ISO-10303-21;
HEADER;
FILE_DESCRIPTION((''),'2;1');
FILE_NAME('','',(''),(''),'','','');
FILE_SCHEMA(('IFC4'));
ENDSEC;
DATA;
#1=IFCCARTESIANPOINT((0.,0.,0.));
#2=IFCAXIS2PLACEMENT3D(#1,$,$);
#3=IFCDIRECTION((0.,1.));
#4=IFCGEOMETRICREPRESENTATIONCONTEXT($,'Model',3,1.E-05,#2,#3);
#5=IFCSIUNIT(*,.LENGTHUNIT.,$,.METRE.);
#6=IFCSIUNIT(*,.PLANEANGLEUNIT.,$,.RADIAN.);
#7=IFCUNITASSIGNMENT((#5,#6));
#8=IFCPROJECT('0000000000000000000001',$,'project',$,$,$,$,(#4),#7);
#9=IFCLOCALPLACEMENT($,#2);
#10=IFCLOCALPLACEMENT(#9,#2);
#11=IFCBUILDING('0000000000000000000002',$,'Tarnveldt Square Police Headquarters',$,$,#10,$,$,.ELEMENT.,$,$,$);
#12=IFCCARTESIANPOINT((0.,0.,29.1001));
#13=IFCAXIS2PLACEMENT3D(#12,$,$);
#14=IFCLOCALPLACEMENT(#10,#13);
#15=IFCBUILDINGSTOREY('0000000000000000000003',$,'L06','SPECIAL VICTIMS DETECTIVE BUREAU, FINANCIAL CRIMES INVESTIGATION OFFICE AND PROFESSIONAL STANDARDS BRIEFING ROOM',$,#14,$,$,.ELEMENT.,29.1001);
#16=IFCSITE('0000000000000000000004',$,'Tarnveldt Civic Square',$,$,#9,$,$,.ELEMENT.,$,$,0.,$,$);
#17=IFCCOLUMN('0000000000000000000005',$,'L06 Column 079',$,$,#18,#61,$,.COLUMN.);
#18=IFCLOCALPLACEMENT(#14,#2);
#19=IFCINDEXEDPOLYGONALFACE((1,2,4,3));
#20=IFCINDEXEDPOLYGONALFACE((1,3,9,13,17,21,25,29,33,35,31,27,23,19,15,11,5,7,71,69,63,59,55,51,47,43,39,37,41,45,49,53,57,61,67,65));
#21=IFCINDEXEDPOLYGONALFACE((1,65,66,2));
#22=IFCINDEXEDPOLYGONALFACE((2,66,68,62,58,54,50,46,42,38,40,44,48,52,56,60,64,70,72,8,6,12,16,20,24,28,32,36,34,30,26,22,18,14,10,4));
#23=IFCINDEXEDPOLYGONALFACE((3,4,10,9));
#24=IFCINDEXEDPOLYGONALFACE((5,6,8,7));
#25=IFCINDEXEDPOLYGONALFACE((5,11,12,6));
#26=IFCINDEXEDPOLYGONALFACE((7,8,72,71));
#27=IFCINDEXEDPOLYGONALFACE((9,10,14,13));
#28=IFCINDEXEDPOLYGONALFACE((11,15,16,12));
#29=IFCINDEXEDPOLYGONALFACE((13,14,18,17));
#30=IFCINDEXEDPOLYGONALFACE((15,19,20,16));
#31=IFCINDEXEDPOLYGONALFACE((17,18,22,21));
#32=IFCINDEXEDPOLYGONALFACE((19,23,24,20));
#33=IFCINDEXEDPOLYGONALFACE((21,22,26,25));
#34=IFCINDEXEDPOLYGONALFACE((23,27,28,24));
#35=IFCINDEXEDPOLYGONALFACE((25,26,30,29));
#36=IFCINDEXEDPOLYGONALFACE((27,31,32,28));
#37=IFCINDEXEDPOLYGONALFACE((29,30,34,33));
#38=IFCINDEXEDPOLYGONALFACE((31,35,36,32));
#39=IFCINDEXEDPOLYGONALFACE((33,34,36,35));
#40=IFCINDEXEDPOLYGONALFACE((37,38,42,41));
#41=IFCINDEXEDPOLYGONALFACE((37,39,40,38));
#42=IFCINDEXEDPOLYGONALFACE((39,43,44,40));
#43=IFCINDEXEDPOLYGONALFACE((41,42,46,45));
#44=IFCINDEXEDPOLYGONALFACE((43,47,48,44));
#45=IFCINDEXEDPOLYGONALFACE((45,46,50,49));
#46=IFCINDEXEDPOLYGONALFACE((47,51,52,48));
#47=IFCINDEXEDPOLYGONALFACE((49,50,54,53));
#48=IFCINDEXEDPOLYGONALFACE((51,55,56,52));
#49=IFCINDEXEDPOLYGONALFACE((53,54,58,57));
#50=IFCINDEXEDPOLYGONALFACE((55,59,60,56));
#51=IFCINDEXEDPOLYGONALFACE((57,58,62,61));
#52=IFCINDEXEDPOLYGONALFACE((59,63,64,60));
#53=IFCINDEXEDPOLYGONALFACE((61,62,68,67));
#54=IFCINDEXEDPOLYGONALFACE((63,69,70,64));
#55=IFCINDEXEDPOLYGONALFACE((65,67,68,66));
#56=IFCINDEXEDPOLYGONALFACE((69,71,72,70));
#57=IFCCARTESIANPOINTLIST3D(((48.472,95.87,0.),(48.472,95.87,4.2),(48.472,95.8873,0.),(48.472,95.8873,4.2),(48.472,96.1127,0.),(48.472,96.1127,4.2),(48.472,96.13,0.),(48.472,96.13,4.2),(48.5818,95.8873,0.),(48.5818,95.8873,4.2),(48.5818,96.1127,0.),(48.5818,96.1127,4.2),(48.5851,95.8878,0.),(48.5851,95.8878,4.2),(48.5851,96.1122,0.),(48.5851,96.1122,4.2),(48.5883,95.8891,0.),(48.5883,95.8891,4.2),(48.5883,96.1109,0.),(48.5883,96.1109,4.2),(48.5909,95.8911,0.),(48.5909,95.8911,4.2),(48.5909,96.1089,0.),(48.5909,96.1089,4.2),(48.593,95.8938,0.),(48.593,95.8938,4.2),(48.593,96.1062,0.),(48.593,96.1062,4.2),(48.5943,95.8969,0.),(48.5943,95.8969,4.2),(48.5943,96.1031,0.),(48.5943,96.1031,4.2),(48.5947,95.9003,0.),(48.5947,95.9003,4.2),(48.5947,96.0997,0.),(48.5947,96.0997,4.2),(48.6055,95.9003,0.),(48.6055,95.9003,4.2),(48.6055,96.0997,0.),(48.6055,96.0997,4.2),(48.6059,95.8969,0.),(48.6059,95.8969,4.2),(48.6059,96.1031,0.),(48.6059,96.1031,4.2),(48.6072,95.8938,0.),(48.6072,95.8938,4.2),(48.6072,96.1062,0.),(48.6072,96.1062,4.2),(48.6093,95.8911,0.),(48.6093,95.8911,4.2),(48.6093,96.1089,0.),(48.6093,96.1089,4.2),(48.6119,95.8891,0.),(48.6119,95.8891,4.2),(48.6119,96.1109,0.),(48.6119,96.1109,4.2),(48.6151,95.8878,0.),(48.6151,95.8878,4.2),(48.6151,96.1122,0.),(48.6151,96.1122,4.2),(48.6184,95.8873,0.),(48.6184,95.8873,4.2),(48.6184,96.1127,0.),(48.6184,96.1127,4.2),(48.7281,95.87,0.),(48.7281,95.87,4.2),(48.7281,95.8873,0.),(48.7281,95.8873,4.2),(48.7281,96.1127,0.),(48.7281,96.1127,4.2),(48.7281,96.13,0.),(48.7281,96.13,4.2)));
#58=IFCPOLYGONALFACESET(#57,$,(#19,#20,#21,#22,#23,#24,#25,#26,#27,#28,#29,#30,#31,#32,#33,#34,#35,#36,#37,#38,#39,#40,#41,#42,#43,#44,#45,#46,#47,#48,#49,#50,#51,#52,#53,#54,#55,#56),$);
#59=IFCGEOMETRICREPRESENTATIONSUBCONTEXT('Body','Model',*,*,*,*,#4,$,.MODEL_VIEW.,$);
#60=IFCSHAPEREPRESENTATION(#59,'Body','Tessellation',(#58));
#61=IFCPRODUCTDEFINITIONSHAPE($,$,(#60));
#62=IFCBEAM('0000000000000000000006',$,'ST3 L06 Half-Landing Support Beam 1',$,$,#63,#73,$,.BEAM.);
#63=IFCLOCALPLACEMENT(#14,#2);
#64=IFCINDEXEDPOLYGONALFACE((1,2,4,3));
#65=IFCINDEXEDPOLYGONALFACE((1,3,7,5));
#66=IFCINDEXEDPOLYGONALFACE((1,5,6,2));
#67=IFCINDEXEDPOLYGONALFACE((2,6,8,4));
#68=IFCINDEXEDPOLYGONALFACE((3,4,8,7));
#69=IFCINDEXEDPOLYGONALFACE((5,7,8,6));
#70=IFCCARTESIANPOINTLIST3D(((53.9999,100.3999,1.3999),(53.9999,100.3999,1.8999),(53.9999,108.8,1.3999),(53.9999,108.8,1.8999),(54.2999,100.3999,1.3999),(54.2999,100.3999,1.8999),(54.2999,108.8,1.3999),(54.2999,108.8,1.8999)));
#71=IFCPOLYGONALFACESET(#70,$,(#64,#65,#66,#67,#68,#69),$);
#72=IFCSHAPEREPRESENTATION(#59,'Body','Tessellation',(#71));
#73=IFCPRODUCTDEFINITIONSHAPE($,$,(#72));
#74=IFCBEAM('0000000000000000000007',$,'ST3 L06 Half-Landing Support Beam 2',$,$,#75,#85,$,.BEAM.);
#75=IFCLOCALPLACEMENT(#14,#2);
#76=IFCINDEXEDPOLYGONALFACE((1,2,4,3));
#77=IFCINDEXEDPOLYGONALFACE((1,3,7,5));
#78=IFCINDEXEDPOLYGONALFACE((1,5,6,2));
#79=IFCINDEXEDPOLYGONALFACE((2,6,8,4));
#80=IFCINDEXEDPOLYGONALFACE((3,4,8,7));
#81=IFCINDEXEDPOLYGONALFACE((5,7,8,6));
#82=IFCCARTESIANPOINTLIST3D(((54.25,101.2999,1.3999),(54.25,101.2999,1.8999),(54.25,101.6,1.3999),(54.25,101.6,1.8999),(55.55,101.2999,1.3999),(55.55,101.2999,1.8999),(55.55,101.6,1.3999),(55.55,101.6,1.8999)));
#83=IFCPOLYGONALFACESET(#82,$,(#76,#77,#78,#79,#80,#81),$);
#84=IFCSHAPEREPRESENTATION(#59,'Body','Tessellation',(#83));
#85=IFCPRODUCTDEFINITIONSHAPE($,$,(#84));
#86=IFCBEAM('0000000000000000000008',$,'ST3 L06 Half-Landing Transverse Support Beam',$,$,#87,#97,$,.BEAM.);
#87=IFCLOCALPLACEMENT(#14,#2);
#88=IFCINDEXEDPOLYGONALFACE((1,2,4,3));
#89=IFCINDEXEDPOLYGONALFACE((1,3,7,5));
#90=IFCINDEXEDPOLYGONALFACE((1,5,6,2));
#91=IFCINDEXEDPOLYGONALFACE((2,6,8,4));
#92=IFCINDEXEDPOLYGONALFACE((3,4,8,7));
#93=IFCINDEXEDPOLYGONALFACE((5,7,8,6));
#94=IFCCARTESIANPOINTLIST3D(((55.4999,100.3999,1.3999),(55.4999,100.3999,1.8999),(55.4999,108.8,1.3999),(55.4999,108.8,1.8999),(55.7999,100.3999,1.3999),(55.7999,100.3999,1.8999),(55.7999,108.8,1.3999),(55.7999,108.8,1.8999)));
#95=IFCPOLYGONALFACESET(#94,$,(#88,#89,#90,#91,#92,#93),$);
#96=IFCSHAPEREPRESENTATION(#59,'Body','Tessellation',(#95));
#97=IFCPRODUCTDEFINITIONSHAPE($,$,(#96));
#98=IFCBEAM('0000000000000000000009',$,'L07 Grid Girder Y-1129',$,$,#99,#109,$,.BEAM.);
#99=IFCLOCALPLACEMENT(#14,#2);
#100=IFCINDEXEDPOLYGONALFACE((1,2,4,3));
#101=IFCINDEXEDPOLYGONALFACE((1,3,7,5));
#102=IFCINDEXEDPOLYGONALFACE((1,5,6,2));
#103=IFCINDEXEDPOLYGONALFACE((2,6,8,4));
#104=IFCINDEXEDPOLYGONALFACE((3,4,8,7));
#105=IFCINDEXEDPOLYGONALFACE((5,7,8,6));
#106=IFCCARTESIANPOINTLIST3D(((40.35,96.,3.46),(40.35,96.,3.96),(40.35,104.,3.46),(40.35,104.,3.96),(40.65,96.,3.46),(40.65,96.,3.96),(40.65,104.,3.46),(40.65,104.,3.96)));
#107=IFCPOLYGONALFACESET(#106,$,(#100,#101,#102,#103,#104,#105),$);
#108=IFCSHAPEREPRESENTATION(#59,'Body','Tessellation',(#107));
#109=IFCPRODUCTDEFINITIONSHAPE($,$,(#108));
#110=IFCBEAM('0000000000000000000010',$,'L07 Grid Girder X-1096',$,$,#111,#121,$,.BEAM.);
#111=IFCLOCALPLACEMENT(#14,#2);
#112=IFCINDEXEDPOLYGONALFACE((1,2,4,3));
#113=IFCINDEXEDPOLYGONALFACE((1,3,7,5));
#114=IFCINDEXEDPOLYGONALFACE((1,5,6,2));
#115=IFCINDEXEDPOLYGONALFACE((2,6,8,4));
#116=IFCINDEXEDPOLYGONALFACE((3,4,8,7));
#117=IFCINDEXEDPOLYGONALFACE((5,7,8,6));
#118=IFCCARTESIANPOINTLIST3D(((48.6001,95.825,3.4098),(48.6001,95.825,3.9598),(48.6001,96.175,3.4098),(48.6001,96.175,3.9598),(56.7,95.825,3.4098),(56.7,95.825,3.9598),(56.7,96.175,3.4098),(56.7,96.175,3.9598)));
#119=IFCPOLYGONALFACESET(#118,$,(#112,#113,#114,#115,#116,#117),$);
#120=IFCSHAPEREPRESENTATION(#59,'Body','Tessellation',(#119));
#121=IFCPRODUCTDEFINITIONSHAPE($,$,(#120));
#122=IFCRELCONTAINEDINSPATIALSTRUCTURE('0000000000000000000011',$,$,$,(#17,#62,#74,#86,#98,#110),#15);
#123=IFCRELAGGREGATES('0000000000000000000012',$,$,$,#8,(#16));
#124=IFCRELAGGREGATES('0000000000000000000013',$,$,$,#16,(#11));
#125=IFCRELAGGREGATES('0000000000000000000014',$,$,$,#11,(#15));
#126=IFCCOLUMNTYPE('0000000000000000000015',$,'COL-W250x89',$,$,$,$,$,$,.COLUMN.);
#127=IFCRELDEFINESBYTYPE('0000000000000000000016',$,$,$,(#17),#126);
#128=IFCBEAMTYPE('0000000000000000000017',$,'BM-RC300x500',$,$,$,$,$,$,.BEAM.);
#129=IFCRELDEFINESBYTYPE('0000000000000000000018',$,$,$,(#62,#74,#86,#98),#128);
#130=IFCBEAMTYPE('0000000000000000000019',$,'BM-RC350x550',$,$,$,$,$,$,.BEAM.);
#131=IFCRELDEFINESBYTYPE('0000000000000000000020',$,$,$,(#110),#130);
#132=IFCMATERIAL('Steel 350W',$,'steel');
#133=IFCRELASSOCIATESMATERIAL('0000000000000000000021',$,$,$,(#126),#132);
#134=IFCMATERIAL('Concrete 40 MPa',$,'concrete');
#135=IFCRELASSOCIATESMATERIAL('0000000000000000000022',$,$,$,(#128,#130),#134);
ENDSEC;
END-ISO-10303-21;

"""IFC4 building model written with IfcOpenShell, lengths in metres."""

from ifc_helpers import new_model, si_unit, direction, frame, origin, origin_2d, place, context, subcontext, project, spatial, rectangle, i_section, extrude, material, material_profile, profile_set, type_object, element, save


model = new_model("IFC4")

# Units and contexts
model_context = context("Model", 3, precision=1e-05, world=origin(), true_north=direction((0.0, 1.0)))
body_context = subcontext(model_context, "Body", "Model", "MODEL_VIEW")
ifc_project = project(units=[si_unit("LENGTHUNIT", "METRE"), si_unit("PLANEANGLEUNIT", "RADIAN")], contexts=[model_context])

# Site, building, storey
site_placement = place(None, origin())
site = spatial("IfcSite", under=ifc_project, at=site_placement, Name="Tarnveldt Civic Square", CompositionType="ELEMENT", RefElevation=0.0)
building_placement = place(site_placement, origin())
building = spatial("IfcBuilding", under=site, at=building_placement, Name="Tarnveldt Square Police Headquarters", CompositionType="ELEMENT")
storey_placement = place(building_placement, frame((0.0, 0.0, 29.1001)))
storey = spatial("IfcBuildingStorey", under=building, at=storey_placement, Name="L06", Description="SPECIAL VICTIMS DETECTIVE BUREAU, FINANCIAL CRIMES INVESTIGATION OFFICE AND PROFESSIONAL STANDARDS BRIEFING ROOM", CompositionType="ELEMENT", Elevation=29.1001)

# Column
ifc_material_1 = material(Name="Steel 350W", Category="steel")
ifc_material_profile_1 = material_profile(ifc_material_1, i_section(OverallWidth=0.2561, OverallDepth=0.26, WebThickness=0.0107, FlangeThickness=0.0173, FilletRadius=0.0129, at=origin_2d()), Name="W250x89")
ifc_profile_set_1 = profile_set([ifc_material_profile_1], Name="Steel 350W")
column_type = type_object("IfcColumnType", Name="COL-W250x89", PredefinedType="COLUMN", material=ifc_profile_set_1)
column_placement = place(storey_placement, frame((48.6001, 96.0, 0.0), z_axis=(0.0, 0.0, 1.0), x_axis=(1.0, 0.0, 0.0)))
element("IfcColumn", 1, at=column_placement, inside=storey, type_object=column_type, Name="L06 Column 079", PredefinedType="COLUMN", context=body_context, shape_type="SweptSolid", body=[
    extrude(i_section(OverallWidth=0.2561, OverallDepth=0.26, WebThickness=0.0107, FlangeThickness=0.0173, FilletRadius=0.0129, at=origin_2d()), origin(), (0.0, 0.0, 1.0), 4.2),
])

# Beams
ifc_material_2 = material(Name="Concrete 40 MPa", Category="concrete")
ifc_material_profile_2 = material_profile(ifc_material_2, rectangle(XDim=0.3, YDim=0.5, at=origin_2d()), Name="RC-B300x500")
ifc_profile_set_2 = profile_set([ifc_material_profile_2], Name="Concrete 40 MPa")
beam_type_1 = type_object("IfcBeamType", Name="BM-RC300x500", PredefinedType="BEAM", material=ifc_profile_set_2)
beam_1_placement = place(storey_placement, frame((54.1499, 100.3999, 1.6499), z_axis=(0.0, 1.0, 0.0), x_axis=(-1.0, 0.0, 0.0)))
element("IfcBeam", 2, at=beam_1_placement, inside=storey, type_object=beam_type_1, Name="ST3 L06 Half-Landing Support Beam 1", PredefinedType="BEAM", context=body_context, shape_type="SweptSolid", body=[
    extrude(rectangle(XDim=0.3, YDim=0.5, at=origin_2d()), origin(), (0.0, 0.0, 1.0), 8.4001),
])
beam_2_placement = place(storey_placement, frame((54.25, 101.45, 1.6499), z_axis=(1.0, 0.0, 0.0), x_axis=(0.0, 1.0, 0.0)))
element("IfcBeam", 3, at=beam_2_placement, inside=storey, type_object=beam_type_1, Name="ST3 L06 Half-Landing Support Beam 2", PredefinedType="BEAM", context=body_context, shape_type="SweptSolid", body=[
    extrude(rectangle(XDim=0.3, YDim=0.5, at=origin_2d()), origin(), (0.0, 0.0, 1.0), 1.3),
])
beam_3_placement = place(storey_placement, frame((55.6499, 100.3999, 1.6499), z_axis=(0.0, 1.0, 0.0), x_axis=(-1.0, 0.0, 0.0)))
element("IfcBeam", 4, at=beam_3_placement, inside=storey, type_object=beam_type_1, Name="ST3 L06 Half-Landing Transverse Support Beam", PredefinedType="BEAM", context=body_context, shape_type="SweptSolid", body=[
    extrude(rectangle(XDim=0.3, YDim=0.5, at=origin_2d()), origin(), (0.0, 0.0, 1.0), 8.4001),
])
beam_4_placement = place(storey_placement, frame((40.5, 96.0, 3.71), z_axis=(0.0, 1.0, 0.0), x_axis=(-1.0, 0.0, 0.0)))
element("IfcBeam", 5, at=beam_4_placement, inside=storey, type_object=beam_type_1, Name="L07 Grid Girder Y-1129", PredefinedType="BEAM", context=body_context, shape_type="SweptSolid", body=[
    extrude(rectangle(XDim=0.3, YDim=0.5, at=origin_2d()), origin(), (0.0, 0.0, 1.0), 8.0),
])
ifc_material_profile_3 = material_profile(ifc_material_2, rectangle(XDim=0.3501, YDim=0.55, at=origin_2d()), Name="RC-B350x550")
ifc_profile_set_3 = profile_set([ifc_material_profile_3], Name="Concrete 40 MPa")
beam_type_2 = type_object("IfcBeamType", Name="BM-RC350x550", PredefinedType="BEAM", material=ifc_profile_set_3)
beam_5_placement = place(storey_placement, frame((48.6001, 96.0, 3.6848), z_axis=(1.0, 0.0, 0.0), x_axis=(0.0, 1.0, 0.0)))
element("IfcBeam", 6, at=beam_5_placement, inside=storey, type_object=beam_type_2, Name="L07 Grid Girder X-1096", PredefinedType="BEAM", context=body_context, shape_type="SweptSolid", body=[
    extrude(rectangle(XDim=0.3501, YDim=0.55, at=origin_2d()), origin(), (0.0, 0.0, 1.0), 8.0999),
])

save(model, "model.ifc")
